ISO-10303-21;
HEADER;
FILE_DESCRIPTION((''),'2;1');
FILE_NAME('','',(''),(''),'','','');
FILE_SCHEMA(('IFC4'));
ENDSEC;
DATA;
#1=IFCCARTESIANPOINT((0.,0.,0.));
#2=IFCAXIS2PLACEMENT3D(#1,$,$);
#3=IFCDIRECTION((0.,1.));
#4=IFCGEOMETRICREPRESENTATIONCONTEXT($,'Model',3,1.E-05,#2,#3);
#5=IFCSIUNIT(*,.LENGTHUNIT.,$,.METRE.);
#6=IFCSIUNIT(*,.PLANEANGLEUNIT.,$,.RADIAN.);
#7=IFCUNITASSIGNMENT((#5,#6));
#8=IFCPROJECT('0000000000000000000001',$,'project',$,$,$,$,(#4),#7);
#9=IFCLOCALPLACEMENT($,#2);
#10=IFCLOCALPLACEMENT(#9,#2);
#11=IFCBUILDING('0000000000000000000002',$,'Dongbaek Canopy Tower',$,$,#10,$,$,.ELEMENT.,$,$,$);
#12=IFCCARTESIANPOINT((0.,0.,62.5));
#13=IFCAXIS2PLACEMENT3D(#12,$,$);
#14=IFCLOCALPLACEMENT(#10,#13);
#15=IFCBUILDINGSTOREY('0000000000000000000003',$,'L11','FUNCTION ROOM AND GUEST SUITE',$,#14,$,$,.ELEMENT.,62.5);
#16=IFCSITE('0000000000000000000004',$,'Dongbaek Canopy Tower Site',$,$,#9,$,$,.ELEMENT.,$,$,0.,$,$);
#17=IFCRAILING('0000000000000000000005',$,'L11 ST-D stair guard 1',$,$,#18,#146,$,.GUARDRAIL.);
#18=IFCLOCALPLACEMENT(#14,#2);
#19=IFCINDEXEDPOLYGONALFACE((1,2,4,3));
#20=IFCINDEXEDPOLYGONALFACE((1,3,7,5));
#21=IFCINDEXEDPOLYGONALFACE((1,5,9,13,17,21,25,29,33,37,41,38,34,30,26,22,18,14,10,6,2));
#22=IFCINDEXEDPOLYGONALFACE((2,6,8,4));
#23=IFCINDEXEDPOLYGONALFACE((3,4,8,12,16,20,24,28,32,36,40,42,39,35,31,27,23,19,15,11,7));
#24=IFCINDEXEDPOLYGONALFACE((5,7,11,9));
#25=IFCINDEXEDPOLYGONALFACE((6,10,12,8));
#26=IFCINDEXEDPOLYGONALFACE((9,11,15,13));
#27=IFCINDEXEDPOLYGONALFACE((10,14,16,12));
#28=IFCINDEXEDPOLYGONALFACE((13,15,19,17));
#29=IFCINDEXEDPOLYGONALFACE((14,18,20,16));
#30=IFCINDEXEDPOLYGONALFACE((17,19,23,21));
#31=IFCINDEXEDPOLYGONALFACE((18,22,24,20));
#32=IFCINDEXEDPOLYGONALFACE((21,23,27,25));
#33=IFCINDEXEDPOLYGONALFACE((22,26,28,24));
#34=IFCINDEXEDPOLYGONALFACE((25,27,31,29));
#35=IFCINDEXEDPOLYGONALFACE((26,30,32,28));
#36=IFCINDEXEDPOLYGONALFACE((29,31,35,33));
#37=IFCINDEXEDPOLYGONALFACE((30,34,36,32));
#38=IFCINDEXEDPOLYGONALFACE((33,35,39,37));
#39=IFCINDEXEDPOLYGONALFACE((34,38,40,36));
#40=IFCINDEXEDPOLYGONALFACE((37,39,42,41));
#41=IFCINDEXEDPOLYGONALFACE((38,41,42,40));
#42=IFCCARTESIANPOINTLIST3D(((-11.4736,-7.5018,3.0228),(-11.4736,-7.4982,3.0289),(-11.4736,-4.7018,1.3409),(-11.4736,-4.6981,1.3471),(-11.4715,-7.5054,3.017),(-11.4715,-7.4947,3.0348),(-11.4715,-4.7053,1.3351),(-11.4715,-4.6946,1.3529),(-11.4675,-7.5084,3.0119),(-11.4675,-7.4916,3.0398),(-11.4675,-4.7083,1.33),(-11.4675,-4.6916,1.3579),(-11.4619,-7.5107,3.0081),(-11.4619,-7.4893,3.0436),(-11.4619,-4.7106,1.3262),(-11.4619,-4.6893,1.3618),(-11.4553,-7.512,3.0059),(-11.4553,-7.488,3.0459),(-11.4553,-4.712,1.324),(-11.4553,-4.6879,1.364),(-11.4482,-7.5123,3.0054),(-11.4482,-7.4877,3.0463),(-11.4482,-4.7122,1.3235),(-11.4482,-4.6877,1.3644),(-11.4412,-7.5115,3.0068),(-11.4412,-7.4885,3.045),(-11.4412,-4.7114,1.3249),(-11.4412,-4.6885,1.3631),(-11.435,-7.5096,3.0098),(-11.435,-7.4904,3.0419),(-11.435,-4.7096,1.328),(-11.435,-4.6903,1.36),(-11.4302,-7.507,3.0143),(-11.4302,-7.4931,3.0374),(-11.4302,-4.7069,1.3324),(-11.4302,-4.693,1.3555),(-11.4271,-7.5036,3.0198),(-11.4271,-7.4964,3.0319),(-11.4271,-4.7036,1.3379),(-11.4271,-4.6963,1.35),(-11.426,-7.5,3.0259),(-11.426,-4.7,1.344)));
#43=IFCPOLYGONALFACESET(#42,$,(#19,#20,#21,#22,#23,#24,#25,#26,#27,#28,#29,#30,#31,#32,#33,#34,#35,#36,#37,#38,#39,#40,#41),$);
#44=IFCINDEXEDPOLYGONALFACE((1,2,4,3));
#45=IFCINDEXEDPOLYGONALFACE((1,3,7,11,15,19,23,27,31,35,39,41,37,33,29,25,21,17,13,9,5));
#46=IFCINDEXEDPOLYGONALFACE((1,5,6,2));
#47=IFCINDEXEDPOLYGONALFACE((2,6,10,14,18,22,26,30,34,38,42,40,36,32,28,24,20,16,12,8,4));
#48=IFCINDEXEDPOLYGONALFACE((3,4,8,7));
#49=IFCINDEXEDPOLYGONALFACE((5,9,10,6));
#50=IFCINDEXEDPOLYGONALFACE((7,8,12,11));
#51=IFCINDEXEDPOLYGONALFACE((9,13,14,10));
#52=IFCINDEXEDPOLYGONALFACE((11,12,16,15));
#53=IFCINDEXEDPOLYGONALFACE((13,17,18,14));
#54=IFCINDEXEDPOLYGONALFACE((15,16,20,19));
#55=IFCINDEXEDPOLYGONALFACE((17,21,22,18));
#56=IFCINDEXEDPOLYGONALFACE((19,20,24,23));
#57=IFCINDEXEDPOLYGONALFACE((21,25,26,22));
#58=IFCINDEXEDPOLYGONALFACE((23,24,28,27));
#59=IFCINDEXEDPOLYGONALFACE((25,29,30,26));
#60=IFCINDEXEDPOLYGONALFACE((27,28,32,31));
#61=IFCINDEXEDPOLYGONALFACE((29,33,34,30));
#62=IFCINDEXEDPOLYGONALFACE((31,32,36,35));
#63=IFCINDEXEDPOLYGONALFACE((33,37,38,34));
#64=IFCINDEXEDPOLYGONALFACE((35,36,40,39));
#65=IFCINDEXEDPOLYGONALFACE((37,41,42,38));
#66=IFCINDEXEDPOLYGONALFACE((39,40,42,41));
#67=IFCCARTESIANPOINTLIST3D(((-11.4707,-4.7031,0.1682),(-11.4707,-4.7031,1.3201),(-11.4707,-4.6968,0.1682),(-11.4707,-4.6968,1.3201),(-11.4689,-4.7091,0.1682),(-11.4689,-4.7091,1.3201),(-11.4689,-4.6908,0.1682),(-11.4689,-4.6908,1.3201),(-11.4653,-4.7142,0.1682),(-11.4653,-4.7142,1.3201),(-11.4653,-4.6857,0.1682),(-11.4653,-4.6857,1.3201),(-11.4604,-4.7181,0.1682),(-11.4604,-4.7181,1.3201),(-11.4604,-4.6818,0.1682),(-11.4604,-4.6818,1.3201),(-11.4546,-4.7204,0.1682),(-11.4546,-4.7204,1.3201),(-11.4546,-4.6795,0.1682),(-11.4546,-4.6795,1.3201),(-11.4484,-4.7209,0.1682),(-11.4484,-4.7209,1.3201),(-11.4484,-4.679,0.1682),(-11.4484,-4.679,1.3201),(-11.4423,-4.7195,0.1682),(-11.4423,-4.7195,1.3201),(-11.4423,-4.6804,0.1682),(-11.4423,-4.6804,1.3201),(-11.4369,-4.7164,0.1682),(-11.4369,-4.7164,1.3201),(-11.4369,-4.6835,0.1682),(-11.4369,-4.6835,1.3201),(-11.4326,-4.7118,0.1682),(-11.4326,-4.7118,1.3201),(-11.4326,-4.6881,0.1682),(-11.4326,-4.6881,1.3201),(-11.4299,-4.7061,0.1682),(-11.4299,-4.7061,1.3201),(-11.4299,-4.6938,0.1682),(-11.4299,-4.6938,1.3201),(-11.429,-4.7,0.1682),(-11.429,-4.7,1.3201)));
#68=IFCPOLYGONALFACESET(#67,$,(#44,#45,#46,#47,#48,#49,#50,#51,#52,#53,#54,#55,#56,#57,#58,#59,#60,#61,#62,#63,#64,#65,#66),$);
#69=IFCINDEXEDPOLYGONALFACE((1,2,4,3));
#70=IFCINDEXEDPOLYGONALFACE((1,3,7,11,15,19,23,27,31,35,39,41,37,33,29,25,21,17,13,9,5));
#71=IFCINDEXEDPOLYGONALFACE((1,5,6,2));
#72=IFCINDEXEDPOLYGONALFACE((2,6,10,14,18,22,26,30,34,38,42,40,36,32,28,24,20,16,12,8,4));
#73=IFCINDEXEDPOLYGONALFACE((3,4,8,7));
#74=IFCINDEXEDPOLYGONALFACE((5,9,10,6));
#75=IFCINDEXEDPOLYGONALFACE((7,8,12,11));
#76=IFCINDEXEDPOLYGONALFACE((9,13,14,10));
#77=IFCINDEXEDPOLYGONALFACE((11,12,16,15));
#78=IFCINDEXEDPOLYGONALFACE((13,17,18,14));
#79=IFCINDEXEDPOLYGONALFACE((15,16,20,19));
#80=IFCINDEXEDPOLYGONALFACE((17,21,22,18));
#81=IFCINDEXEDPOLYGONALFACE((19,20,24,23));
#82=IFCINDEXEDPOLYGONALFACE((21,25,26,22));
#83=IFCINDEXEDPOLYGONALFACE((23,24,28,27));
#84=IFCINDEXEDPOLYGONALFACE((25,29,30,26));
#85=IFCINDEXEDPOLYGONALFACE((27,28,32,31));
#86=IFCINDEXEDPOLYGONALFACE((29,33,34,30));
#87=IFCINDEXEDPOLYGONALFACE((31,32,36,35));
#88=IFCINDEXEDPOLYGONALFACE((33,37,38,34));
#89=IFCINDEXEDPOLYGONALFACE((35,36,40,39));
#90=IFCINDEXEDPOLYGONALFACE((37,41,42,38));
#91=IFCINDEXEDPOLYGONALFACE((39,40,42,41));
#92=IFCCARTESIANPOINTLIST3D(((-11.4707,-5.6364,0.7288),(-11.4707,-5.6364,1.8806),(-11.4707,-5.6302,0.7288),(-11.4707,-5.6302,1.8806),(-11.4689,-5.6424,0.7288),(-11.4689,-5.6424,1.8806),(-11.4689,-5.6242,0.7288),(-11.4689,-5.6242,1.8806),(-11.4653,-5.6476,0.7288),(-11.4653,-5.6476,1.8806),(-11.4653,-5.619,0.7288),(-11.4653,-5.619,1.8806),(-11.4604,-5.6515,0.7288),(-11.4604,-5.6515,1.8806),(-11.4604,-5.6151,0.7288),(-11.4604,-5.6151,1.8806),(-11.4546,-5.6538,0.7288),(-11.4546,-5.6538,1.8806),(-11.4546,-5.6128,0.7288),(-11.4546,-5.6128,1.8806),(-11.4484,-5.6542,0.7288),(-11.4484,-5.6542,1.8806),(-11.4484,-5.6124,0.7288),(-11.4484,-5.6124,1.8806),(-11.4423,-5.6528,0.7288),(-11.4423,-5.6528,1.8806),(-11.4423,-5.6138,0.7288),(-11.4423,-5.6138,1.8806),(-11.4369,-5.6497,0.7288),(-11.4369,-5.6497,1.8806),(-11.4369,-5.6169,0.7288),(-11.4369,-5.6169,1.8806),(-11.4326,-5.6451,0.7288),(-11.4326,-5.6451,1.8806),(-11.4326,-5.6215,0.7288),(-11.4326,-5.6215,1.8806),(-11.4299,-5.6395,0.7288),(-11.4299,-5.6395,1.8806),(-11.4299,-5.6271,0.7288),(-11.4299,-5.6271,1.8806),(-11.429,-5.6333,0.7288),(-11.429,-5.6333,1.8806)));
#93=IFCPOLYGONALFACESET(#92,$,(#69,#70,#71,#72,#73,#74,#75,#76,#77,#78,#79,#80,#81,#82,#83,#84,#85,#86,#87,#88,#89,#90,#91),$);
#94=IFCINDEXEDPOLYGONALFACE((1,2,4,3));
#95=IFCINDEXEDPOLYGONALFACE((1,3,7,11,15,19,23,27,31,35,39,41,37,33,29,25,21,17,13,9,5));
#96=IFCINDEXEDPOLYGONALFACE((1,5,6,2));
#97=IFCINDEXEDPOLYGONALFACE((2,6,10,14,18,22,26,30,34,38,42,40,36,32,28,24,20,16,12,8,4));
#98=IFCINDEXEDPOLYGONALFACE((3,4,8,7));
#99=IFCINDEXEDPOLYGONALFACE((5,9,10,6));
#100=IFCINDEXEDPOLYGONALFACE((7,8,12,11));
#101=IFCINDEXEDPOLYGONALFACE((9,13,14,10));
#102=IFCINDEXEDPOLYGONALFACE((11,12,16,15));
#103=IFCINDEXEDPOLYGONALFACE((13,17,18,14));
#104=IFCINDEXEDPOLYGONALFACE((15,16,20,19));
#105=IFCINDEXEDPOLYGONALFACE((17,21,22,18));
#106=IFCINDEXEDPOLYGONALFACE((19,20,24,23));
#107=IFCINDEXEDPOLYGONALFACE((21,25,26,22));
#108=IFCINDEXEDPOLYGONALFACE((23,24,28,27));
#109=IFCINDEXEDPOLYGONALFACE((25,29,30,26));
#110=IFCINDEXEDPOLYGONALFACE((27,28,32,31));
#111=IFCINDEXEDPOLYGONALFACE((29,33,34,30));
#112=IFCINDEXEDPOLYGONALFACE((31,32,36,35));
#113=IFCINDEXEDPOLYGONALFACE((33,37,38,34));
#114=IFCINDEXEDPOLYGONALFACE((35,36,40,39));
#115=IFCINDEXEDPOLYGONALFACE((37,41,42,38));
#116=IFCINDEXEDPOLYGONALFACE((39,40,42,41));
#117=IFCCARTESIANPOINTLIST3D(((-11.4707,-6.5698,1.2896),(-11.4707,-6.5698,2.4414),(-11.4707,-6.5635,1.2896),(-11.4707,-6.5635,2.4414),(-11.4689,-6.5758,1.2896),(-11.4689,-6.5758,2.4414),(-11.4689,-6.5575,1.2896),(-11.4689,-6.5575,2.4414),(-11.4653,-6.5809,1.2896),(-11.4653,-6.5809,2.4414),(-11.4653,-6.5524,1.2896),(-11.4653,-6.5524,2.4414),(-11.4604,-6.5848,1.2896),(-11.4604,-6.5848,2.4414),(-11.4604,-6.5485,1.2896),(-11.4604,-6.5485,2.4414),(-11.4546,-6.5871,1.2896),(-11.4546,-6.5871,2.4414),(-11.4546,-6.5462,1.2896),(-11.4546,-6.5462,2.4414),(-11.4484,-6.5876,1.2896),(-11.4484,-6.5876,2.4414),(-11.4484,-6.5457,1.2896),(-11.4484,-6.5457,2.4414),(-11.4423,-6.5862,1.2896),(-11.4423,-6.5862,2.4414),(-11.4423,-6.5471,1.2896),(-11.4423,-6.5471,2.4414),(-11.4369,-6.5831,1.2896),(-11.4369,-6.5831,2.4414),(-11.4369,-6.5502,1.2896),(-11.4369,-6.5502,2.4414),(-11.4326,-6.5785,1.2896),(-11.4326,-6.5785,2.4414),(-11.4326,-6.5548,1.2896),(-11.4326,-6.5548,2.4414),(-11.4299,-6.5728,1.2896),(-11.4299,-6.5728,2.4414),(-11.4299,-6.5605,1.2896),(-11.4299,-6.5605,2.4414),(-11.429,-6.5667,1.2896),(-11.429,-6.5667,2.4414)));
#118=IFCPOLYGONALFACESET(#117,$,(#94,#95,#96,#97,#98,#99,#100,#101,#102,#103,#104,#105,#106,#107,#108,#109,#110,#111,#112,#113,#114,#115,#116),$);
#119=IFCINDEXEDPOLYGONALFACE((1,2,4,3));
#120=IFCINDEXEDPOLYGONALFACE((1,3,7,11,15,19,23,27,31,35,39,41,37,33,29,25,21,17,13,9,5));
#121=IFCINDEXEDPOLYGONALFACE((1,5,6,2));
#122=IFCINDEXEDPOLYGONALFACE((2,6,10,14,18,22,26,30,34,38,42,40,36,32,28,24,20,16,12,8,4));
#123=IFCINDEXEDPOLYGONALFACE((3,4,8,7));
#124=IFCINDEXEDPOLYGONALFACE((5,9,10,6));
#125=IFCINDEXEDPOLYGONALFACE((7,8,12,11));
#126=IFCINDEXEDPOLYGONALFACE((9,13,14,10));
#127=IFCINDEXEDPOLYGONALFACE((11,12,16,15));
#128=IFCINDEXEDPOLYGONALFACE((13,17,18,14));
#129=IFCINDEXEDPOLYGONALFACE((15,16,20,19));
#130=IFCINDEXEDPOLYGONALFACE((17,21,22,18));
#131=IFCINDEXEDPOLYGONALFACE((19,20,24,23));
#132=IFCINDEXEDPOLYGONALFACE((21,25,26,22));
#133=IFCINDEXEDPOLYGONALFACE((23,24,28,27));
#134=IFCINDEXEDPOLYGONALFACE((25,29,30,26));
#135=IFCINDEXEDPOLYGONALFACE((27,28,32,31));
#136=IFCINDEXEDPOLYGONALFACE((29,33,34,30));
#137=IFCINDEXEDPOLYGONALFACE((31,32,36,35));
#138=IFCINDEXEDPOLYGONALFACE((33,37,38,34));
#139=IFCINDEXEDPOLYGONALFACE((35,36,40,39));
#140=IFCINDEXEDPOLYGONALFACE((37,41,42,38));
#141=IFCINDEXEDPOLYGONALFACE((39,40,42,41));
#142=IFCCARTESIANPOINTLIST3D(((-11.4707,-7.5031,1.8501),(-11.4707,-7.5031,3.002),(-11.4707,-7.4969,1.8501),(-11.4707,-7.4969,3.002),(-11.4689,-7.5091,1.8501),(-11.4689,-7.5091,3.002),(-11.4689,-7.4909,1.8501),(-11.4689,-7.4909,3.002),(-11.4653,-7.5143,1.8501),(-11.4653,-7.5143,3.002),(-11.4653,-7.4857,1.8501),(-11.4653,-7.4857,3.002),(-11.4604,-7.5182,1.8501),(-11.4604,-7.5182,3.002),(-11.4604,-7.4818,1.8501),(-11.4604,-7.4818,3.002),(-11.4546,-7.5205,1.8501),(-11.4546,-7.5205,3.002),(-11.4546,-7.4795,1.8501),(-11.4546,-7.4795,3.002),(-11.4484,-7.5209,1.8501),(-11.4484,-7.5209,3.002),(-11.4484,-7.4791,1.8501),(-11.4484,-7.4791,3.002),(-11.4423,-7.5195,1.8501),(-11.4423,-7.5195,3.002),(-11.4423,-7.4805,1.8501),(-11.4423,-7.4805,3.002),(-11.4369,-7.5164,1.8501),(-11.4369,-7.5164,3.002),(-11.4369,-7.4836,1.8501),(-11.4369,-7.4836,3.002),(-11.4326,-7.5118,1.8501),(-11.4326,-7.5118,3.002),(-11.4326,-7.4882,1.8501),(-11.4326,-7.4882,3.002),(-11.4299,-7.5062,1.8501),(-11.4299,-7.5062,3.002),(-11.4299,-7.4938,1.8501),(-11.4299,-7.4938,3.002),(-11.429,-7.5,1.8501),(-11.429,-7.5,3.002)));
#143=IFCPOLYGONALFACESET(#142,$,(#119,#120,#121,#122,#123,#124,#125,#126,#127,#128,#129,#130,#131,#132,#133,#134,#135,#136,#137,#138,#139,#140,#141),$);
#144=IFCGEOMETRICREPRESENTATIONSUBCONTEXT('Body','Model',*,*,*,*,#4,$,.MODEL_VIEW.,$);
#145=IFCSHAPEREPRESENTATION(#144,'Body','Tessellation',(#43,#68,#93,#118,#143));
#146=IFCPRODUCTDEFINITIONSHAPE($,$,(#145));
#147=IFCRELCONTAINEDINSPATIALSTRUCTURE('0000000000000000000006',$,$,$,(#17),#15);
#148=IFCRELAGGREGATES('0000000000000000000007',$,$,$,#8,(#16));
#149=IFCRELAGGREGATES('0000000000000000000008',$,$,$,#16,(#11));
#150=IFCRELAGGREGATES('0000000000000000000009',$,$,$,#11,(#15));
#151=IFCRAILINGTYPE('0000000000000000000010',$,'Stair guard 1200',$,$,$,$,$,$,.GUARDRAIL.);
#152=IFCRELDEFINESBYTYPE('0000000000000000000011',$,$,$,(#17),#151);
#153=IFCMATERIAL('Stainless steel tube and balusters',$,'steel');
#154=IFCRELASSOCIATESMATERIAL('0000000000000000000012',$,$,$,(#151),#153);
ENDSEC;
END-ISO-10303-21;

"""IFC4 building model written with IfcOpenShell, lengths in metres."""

from ifc_helpers import new_model, si_unit, direction, frame, origin, origin_2d, place, context, subcontext, project, spatial, circle, extrude, material, type_object, element, save


model = new_model("IFC4")

# Units and contexts
model_context = context("Model", 3, precision=1e-05, world=origin(), true_north=direction((0.0, 1.0)))
body_context = subcontext(model_context, "Body", "Model", "MODEL_VIEW")
ifc_project = project(units=[si_unit("LENGTHUNIT", "METRE"), si_unit("PLANEANGLEUNIT", "RADIAN")], contexts=[model_context])

# Site, building, storey
site_placement = place(None, origin())
site = spatial("IfcSite", under=ifc_project, at=site_placement, Name="Dongbaek Canopy Tower Site", CompositionType="ELEMENT", RefElevation=0.0)
building_placement = place(site_placement, origin())
building = spatial("IfcBuilding", under=site, at=building_placement, Name="Dongbaek Canopy Tower", CompositionType="ELEMENT")
storey_placement = place(building_placement, frame((0.0, 0.0, 62.5)))
storey = spatial("IfcBuildingStorey", under=building, at=storey_placement, Name="L11", Description="FUNCTION ROOM AND GUEST SUITE", CompositionType="ELEMENT", Elevation=62.5)

# Railing
ifc_material_1 = material(Name="Stainless steel tube and balusters", Category="steel")
railing_type_1 = type_object("IfcRailingType", Name="Stair guard 1200", PredefinedType="GUARDRAIL", material=ifc_material_1)
railing_1_placement = place(storey_placement, frame((-11.45, -4.7, 0.1682)))
element("IfcRailing", 1, at=railing_1_placement, inside=storey, type_object=railing_type_1, Name="L11 ST-D stair guard 1", PredefinedType="GUARDRAIL", context=body_context, shape_type="SweptSolid", body=[
    extrude(circle(Radius=0.0239, at=origin_2d()), frame((0.0, 0.0, 1.1758), z_axis=(0.0, -0.857242, 0.514913), x_axis=(1.0, 0.0, 0.0)), (0.0, 0.0, 1.0), 3.2664),
    extrude(circle(Radius=0.021, at=origin_2d()), origin(), (0.0, 0.0, 1.0), 1.1519),
    extrude(circle(Radius=0.021, at=origin_2d()), frame((0.0, -0.9333, 0.5605)), (0.0, 0.0, 1.0), 1.1519),
    extrude(circle(Radius=0.021, at=origin_2d()), frame((0.0, -1.8667, 1.1213)), (0.0, 0.0, 1.0), 1.1519),
    extrude(circle(Radius=0.021, at=origin_2d()), frame((0.0, -2.8, 1.6819)), (0.0, 0.0, 1.0), 1.1519),
])

save(model, "model.ifc")
